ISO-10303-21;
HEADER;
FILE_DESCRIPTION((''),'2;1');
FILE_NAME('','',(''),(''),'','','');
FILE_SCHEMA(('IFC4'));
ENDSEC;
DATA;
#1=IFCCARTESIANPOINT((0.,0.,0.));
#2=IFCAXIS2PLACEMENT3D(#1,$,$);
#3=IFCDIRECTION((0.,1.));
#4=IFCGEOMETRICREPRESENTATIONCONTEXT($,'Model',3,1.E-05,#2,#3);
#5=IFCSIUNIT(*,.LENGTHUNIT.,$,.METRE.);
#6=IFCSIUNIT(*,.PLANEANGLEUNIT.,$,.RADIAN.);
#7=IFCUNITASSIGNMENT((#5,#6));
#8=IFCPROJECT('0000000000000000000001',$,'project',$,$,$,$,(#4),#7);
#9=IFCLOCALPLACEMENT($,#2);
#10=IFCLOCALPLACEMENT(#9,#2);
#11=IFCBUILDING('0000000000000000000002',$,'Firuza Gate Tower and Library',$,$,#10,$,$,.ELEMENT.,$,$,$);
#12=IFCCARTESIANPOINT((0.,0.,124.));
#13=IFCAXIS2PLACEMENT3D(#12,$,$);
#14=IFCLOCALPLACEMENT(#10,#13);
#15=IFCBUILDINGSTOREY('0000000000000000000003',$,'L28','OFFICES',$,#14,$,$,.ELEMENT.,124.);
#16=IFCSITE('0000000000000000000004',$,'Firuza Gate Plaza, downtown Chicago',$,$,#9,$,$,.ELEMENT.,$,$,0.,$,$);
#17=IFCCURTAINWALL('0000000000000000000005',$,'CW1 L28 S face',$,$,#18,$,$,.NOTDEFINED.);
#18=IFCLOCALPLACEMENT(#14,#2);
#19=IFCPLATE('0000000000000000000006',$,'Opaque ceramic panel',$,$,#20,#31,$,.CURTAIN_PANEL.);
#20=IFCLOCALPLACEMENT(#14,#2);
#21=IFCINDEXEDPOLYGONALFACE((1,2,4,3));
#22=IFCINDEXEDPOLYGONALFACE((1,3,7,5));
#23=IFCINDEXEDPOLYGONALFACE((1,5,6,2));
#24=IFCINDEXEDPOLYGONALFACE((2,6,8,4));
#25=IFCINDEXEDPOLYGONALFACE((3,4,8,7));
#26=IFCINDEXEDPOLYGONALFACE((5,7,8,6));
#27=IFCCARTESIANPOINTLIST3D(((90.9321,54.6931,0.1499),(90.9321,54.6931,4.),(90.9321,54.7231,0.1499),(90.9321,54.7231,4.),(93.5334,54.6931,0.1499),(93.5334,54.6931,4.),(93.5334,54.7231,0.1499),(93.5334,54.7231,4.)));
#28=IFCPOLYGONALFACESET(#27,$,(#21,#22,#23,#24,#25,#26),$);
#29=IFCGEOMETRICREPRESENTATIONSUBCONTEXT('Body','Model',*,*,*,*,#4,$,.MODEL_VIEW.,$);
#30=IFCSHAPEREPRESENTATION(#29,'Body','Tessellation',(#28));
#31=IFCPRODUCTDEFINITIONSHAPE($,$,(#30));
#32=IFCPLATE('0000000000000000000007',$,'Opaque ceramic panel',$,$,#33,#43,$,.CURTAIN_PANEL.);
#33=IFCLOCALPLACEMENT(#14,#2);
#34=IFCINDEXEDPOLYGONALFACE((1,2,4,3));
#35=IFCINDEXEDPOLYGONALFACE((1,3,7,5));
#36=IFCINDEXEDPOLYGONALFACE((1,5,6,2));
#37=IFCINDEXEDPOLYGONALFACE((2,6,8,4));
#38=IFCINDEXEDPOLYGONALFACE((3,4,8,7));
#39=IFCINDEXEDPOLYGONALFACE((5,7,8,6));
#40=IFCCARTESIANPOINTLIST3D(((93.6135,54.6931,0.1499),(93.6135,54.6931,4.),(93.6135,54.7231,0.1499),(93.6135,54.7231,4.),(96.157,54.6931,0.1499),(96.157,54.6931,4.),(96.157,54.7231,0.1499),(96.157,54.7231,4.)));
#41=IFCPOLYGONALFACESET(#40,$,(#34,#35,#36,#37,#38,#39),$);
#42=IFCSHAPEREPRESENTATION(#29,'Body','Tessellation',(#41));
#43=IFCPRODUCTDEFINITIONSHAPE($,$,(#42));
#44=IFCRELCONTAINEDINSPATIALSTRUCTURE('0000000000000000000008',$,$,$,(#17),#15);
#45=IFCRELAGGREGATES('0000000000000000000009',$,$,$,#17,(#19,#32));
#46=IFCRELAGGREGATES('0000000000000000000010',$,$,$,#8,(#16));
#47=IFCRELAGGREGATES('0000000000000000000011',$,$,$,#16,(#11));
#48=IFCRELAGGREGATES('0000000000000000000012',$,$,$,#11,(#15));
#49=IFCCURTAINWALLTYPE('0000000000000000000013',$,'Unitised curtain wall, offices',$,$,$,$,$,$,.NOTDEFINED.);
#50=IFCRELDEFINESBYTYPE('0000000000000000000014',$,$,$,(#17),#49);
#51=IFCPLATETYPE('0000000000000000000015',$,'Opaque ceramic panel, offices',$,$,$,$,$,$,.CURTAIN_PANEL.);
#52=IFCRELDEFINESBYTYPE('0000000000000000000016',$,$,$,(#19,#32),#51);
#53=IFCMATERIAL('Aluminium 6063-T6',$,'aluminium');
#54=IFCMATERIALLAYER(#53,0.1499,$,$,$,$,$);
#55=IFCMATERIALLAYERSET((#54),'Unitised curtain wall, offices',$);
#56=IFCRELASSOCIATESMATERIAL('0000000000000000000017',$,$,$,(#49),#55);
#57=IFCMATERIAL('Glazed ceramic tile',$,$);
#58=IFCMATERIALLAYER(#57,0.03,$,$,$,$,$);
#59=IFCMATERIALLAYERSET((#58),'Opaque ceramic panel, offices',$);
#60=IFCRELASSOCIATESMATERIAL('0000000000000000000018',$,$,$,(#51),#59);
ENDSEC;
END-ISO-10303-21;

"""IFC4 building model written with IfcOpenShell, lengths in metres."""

from ifc_helpers import new_model, si_unit, direction, frame, origin, place, context, subcontext, project, spatial, polyline, outline, extrude, material, layer, layer_set, type_object, element, aggregate, save


model = new_model("IFC4")

# Units and contexts
model_context = context("Model", 3, precision=1e-05, world=origin(), true_north=direction((0.0, 1.0)))
body_context = subcontext(model_context, "Body", "Model", "MODEL_VIEW")
ifc_project = project(units=[si_unit("LENGTHUNIT", "METRE"), si_unit("PLANEANGLEUNIT", "RADIAN")], contexts=[model_context])

# Site, building, storey
site_placement = place(None, origin())
site = spatial("IfcSite", under=ifc_project, at=site_placement, Name="Firuza Gate Plaza, downtown Chicago", CompositionType="ELEMENT", RefElevation=0.0)
building_placement = place(site_placement, origin())
building = spatial("IfcBuilding", under=site, at=building_placement, Name="Firuza Gate Tower and Library", CompositionType="ELEMENT")
storey_placement = place(building_placement, frame((0.0, 0.0, 124.0)))
storey = spatial("IfcBuildingStorey", under=building, at=storey_placement, Name="L28", Description="OFFICES", CompositionType="ELEMENT", Elevation=124.0)

# Curtain wall
ifc_material_1 = material(Name="Aluminium 6063-T6", Category="aluminium")
ifc_layer_1 = layer(ifc_material_1, 0.1499)
ifc_layer_set_1 = layer_set([ifc_layer_1], Name="Unitised curtain wall, offices")
curtain_wall_type = type_object("IfcCurtainWallType", Name="Unitised curtain wall, offices", PredefinedType="NOTDEFINED", material=ifc_layer_set_1)
curtain_wall_placement = place(storey_placement, origin())
curtain_wall = element("IfcCurtainWall", 1, at=curtain_wall_placement, inside=storey, type_object=curtain_wall_type, Name="CW1 L28 S face", PredefinedType="NOTDEFINED")

# Plates
ifc_material_2 = material(Name="Glazed ceramic tile")
ifc_layer_2 = layer(ifc_material_2, 0.03)
ifc_layer_set_2 = layer_set([ifc_layer_2], Name="Opaque ceramic panel, offices")
plate_type_1 = type_object("IfcPlateType", Name="Opaque ceramic panel, offices", PredefinedType="CURTAIN_PANEL", material=ifc_layer_set_2)
plate_1_placement = place(storey_placement, frame((90.9321, 54.6931, 0.1499), z_axis=(0.0, -1.0, 0.0), x_axis=(1.0, 0.0, 0.0)))
plate_1 = element("IfcPlate", 2, at=plate_1_placement, type_object=plate_type_1, Name="Opaque ceramic panel", PredefinedType="CURTAIN_PANEL", context=body_context, shape_type="SweptSolid", body=[
    extrude(outline(polyline([(0.0, 0.0), (2.6013, 0.0), (2.6013, 3.8501), (0.0, 3.8501), (0.0, 0.0)])), origin(), (0.0, 0.0, -1.0), 0.03),
])
plate_2_placement = place(storey_placement, frame((93.6135, 54.6931, 0.1499), z_axis=(0.0, -1.0, 0.0), x_axis=(1.0, 0.0, 0.0)))
plate_2 = element("IfcPlate", 3, at=plate_2_placement, type_object=plate_type_1, Name="Opaque ceramic panel", PredefinedType="CURTAIN_PANEL", context=body_context, shape_type="SweptSolid", body=[
    extrude(outline(polyline([(0.0, 0.0), (2.5435, 0.0), (2.5435, 3.8501), (0.0, 3.8501), (0.0, 0.0)])), origin(), (0.0, 0.0, -1.0), 0.03),
])
aggregate(curtain_wall, [plate_1, plate_2])

save(model, "model.ifc")
